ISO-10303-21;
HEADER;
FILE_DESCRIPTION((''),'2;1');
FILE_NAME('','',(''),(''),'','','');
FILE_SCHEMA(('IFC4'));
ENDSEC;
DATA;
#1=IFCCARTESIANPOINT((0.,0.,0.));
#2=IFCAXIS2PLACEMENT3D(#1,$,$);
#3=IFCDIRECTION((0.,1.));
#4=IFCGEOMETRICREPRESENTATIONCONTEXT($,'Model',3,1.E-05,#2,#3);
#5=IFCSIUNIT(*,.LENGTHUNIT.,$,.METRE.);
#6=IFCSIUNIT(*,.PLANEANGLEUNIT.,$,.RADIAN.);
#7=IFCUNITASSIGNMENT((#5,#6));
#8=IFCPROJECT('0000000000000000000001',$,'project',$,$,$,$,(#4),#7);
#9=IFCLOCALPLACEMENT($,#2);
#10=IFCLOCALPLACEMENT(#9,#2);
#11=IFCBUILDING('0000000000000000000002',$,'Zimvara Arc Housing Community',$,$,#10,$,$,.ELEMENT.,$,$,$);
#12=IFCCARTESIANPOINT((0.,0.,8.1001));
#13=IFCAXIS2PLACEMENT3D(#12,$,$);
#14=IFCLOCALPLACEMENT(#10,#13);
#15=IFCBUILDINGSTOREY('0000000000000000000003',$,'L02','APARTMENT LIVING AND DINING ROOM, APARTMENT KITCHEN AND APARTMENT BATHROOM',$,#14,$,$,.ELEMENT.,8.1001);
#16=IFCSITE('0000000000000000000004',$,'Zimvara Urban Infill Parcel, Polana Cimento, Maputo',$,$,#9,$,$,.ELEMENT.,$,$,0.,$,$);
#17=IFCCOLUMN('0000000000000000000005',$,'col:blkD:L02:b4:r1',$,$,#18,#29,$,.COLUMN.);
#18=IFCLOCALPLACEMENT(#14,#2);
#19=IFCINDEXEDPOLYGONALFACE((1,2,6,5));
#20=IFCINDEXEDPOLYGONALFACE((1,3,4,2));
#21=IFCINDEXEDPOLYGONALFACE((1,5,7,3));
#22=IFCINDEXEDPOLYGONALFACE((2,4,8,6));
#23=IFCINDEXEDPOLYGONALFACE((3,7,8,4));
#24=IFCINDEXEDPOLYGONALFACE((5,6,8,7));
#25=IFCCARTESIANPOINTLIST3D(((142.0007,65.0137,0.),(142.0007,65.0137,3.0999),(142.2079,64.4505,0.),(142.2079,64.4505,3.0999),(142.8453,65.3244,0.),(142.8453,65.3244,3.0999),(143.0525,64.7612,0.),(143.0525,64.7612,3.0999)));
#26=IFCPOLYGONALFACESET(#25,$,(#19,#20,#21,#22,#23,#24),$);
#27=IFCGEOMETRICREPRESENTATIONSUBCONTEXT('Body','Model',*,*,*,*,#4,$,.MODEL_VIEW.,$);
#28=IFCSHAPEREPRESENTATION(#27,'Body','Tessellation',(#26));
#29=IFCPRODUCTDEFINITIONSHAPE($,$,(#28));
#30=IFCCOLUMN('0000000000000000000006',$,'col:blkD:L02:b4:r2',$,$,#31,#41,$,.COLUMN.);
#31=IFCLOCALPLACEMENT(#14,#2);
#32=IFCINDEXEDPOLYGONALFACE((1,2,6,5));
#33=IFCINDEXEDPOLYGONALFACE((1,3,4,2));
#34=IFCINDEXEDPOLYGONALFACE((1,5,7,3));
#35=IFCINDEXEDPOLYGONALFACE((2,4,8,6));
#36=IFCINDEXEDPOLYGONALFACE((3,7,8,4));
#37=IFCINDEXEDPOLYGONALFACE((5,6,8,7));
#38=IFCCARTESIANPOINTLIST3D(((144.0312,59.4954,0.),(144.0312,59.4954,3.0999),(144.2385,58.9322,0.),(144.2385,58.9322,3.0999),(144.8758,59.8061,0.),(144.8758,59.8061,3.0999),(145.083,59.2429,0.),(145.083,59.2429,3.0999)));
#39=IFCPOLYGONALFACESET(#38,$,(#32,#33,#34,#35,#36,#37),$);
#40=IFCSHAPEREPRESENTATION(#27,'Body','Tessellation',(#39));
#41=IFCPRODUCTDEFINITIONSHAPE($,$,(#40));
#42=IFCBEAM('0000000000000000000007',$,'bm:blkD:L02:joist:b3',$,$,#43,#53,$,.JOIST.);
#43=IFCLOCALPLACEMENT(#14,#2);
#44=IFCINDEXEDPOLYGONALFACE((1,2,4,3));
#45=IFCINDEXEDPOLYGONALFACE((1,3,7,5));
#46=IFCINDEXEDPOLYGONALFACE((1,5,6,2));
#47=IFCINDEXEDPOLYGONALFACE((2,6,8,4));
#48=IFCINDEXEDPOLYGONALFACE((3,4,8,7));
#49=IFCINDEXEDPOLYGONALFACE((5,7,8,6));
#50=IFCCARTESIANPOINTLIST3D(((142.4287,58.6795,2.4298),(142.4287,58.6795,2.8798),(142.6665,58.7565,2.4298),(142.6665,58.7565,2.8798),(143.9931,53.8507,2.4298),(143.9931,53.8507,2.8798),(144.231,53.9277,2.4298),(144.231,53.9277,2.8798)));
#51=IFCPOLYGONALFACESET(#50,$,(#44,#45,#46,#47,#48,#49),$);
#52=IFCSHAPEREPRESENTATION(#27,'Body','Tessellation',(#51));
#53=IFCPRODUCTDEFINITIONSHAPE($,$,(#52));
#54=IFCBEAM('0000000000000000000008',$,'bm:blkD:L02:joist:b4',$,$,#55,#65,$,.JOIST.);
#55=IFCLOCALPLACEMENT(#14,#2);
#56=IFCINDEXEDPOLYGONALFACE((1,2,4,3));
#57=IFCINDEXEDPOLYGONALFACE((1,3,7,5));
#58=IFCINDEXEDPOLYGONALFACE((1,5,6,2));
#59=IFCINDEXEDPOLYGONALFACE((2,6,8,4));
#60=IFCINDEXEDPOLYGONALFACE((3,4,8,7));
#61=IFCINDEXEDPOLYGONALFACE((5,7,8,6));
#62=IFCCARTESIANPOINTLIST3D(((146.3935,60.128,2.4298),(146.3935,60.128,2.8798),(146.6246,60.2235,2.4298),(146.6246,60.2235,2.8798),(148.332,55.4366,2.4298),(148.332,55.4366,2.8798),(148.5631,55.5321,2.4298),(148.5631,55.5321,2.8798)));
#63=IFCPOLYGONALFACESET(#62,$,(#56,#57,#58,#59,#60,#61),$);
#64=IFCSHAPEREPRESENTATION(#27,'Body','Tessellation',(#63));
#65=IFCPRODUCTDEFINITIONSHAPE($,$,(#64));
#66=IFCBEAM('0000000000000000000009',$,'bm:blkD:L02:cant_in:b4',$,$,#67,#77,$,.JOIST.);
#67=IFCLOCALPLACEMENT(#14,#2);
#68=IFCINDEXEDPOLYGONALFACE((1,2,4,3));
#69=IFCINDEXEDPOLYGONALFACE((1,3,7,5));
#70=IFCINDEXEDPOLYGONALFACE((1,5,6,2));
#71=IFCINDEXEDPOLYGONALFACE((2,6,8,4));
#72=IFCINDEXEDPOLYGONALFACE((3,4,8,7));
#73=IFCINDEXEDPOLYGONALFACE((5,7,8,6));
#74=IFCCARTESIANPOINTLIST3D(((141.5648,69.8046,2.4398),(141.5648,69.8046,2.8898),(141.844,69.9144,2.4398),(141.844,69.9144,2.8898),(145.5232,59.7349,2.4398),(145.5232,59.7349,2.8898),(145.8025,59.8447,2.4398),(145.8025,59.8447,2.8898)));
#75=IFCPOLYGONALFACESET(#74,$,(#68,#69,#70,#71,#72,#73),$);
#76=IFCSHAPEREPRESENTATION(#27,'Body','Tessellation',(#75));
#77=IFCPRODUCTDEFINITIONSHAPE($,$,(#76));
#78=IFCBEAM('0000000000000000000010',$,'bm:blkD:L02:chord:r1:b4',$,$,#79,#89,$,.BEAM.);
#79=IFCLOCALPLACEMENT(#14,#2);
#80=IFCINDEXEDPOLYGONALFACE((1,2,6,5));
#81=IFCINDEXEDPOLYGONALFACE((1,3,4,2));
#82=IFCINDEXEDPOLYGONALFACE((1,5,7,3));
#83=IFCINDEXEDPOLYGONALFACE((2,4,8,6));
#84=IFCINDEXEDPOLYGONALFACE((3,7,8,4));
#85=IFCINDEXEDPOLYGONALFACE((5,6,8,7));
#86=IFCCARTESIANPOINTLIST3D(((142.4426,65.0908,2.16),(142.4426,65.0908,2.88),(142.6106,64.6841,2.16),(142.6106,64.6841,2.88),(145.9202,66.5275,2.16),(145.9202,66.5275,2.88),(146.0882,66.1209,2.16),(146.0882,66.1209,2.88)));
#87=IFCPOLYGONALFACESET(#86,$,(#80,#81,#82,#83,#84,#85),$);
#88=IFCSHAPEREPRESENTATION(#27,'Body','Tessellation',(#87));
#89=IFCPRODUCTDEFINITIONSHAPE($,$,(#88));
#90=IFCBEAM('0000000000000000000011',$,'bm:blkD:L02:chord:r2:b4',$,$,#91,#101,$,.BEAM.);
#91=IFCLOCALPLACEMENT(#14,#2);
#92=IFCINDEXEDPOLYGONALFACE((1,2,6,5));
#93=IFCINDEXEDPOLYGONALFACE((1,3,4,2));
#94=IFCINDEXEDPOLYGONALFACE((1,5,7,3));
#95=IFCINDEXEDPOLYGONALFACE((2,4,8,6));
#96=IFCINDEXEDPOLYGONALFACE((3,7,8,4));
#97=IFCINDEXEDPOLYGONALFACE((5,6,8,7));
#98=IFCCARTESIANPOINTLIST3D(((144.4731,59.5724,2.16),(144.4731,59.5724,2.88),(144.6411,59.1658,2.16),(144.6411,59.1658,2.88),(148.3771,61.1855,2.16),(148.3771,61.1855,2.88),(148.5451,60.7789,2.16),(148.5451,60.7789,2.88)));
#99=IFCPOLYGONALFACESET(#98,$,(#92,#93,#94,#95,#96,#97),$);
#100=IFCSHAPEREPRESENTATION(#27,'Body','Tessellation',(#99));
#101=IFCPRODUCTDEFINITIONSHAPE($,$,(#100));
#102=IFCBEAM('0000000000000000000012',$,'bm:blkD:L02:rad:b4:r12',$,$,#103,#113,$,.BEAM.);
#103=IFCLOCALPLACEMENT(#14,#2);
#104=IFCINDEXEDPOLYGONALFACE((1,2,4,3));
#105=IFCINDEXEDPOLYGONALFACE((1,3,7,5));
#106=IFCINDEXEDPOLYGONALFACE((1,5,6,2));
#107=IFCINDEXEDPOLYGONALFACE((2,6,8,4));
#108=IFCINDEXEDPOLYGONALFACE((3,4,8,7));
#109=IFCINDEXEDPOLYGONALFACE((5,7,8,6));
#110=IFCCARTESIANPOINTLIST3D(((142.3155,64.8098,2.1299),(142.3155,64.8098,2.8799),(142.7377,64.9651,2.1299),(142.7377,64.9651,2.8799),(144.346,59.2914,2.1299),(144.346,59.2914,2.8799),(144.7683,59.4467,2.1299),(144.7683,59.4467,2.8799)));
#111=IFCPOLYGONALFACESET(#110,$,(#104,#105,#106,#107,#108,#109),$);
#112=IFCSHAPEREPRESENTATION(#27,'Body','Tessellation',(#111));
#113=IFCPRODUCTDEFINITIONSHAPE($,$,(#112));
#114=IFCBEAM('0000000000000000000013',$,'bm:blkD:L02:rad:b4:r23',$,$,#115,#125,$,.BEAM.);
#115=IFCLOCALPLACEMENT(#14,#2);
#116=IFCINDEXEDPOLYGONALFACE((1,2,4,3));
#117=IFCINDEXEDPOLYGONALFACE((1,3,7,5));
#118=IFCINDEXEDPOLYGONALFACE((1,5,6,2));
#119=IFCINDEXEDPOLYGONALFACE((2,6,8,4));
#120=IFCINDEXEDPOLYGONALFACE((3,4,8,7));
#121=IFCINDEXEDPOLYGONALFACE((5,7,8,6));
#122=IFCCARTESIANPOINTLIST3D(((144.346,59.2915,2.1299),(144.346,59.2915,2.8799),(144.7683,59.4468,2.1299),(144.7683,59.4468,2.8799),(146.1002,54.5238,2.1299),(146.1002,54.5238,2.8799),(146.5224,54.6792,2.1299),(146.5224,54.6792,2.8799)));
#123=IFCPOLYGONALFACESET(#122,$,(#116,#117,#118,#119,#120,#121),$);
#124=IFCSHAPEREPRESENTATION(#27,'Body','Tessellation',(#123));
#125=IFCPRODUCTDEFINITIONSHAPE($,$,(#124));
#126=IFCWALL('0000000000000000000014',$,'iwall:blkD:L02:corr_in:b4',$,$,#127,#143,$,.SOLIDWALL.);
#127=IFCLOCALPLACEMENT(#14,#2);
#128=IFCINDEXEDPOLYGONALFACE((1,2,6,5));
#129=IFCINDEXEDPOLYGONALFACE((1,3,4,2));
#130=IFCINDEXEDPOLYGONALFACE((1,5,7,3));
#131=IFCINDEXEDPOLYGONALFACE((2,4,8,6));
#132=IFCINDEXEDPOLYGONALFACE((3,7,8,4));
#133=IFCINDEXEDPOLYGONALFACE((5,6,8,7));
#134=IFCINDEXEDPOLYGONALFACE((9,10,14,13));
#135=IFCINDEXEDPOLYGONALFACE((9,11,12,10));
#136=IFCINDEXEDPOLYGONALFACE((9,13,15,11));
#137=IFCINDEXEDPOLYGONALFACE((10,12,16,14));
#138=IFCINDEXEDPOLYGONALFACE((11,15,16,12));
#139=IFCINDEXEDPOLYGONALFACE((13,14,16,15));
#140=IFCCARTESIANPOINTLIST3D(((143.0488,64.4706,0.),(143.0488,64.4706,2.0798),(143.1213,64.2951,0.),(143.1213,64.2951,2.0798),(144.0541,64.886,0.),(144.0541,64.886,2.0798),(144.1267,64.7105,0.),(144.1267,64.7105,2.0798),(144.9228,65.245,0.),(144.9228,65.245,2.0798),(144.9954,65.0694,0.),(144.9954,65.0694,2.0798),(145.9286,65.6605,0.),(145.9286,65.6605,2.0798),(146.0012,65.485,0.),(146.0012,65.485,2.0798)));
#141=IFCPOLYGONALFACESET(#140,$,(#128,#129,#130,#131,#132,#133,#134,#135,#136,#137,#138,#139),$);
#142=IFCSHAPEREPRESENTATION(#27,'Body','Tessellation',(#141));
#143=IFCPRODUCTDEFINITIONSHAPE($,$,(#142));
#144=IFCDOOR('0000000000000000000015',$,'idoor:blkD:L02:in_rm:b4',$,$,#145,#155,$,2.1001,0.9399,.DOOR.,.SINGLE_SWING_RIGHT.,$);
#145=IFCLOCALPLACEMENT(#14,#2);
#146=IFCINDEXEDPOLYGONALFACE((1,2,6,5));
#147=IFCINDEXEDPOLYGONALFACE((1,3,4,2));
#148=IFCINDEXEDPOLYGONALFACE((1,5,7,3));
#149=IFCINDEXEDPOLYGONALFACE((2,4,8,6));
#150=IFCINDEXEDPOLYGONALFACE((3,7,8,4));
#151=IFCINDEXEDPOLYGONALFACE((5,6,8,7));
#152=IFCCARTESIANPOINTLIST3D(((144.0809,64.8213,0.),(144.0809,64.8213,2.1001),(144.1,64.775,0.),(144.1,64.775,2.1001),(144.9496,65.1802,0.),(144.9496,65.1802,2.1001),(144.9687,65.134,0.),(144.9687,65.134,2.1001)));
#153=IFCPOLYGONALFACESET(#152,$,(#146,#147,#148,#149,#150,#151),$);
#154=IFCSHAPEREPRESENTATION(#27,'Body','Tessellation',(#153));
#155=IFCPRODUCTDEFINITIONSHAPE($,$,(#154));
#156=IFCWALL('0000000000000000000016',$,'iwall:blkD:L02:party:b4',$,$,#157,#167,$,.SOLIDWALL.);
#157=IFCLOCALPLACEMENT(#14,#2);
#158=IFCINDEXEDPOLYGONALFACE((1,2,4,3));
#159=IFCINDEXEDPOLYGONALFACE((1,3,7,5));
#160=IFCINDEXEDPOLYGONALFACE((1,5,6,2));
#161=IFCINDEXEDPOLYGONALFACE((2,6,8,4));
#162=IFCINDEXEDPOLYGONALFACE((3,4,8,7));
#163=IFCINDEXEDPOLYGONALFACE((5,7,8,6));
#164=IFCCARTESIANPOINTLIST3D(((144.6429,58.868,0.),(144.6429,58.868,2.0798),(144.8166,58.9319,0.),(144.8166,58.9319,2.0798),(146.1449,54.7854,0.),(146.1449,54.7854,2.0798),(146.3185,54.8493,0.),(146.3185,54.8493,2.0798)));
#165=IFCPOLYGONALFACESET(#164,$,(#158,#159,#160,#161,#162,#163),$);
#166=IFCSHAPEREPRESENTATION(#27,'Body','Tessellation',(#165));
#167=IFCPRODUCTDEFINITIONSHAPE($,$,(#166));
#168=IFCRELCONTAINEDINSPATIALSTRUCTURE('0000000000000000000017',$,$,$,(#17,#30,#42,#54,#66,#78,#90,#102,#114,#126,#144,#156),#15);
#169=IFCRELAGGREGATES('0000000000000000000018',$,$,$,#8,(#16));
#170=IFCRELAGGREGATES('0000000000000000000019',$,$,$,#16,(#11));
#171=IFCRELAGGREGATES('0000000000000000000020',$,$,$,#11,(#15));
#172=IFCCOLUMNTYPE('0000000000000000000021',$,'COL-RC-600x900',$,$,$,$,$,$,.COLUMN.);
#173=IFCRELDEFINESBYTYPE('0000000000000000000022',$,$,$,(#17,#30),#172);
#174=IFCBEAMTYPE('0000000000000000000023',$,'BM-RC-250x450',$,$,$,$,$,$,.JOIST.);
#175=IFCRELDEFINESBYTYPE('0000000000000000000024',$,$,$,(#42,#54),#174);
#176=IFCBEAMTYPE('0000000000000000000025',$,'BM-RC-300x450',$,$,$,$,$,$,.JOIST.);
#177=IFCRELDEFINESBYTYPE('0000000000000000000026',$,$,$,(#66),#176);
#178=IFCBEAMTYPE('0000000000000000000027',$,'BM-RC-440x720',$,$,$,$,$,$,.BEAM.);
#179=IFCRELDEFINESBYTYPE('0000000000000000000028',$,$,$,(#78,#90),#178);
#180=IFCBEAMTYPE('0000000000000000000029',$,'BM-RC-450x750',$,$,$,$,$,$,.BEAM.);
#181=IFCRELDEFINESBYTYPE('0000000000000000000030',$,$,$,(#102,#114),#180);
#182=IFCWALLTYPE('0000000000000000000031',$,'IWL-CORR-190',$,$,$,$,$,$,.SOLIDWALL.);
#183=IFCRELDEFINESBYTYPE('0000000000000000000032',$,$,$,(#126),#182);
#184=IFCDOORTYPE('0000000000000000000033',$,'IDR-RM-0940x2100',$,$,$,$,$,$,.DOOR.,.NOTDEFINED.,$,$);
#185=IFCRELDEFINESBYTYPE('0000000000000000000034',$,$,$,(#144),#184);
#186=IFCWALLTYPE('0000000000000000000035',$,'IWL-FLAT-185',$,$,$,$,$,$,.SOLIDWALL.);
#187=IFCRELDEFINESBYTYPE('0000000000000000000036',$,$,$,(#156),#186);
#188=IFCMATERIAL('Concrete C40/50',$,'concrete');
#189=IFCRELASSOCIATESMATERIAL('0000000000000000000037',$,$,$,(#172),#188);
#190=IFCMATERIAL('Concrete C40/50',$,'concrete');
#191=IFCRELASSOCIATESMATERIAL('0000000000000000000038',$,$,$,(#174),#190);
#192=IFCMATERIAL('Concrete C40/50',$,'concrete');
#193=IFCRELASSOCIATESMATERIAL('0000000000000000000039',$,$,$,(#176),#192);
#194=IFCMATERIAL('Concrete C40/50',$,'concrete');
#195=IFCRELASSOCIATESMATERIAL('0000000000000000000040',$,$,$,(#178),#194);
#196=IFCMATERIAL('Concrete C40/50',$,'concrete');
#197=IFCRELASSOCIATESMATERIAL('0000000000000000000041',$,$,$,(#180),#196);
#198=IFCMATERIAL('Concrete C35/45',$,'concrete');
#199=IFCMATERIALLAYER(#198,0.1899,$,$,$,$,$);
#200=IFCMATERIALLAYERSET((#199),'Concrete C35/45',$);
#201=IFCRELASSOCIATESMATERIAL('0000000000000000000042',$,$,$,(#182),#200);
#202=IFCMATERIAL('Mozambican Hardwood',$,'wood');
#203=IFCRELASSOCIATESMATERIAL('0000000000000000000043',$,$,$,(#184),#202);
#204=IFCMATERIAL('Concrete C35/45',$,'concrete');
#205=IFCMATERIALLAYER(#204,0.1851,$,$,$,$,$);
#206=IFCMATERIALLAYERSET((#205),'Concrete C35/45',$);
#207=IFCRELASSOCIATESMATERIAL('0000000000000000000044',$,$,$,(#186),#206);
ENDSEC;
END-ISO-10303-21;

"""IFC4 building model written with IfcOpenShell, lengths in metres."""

from ifc_helpers import new_model, si_unit, direction, frame, frame_2d, origin, origin_2d, place, context, subcontext, project, spatial, rectangle, extrude, material, layer, layer_set, material_profile, profile_set, type_object, element, fill, save


model = new_model("IFC4")

# Units and contexts
model_context = context("Model", 3, precision=1e-05, world=origin(), true_north=direction((0.0, 1.0)))
body_context = subcontext(model_context, "Body", "Model", "MODEL_VIEW")
ifc_project = project(units=[si_unit("LENGTHUNIT", "METRE"), si_unit("PLANEANGLEUNIT", "RADIAN")], contexts=[model_context])

# Site, building, storey
site_placement = place(None, origin())
site = spatial("IfcSite", under=ifc_project, at=site_placement, Name="Zimvara Urban Infill Parcel, Polana Cimento, Maputo", CompositionType="ELEMENT", RefElevation=0.0)
building_placement = place(site_placement, origin())
building = spatial("IfcBuilding", under=site, at=building_placement, Name="Zimvara Arc Housing Community", CompositionType="ELEMENT")
storey_placement = place(building_placement, frame((0.0, 0.0, 8.1001)))
storey = spatial("IfcBuildingStorey", under=building, at=storey_placement, Name="L02", Description="APARTMENT LIVING AND DINING ROOM, APARTMENT KITCHEN AND APARTMENT BATHROOM", CompositionType="ELEMENT", Elevation=8.1001)

# Columns
ifc_material_1 = material(Name="Concrete C40/50", Category="concrete")
ifc_material_profile_1 = material_profile(ifc_material_1, rectangle(XDim=0.6001, YDim=0.8999, at=origin_2d()), Name="RC 600x900")
ifc_profile_set_1 = profile_set([ifc_material_profile_1], Name="Concrete C40/50")
column_type = type_object("IfcColumnType", Name="COL-RC-600x900", PredefinedType="COLUMN", material=ifc_profile_set_1)
for number, where, z_axis, x_axis, name in (
    (1, (142.5266, 64.8875, 0.0), (0.0, 0.0, 1.0), (0.345298, -0.938493, 0.0), "col:blkD:L02:b4:r1"),
    (2, (144.5571, 59.3691, 0.0), (0.0, 0.0, 1.0), (0.345298, -0.938493, 0.0), "col:blkD:L02:b4:r2"),
):
    element("IfcColumn", number, at=place(storey_placement, frame(where, z_axis=z_axis, x_axis=x_axis)), inside=storey, type_object=column_type, Name=name, PredefinedType="COLUMN", context=body_context, shape_type="SweptSolid", body=[
        extrude(rectangle(XDim=0.6001, YDim=0.8999, at=origin_2d()), origin(), (0.0, 0.0, 1.0), 3.0999),
    ])

# Beams
ifc_material_2 = material(Name="Concrete C40/50", Category="concrete")
ifc_material_profile_2 = material_profile(ifc_material_2, rectangle(XDim=0.25, YDim=0.45, at=origin_2d()), Name="RC 250x450")
ifc_profile_set_2 = profile_set([ifc_material_profile_2], Name="Concrete C40/50")
beam_type_1 = type_object("IfcBeamType", Name="BM-RC-250x450", PredefinedType="JOIST", material=ifc_profile_set_2)
beam_1_placement = place(storey_placement, frame((142.5476, 58.718, 2.6548), z_axis=(0.308208, -0.951319, 0.0), x_axis=(0.951319, 0.308208, 0.0)))
element("IfcBeam", 3, at=beam_1_placement, inside=storey, type_object=beam_type_1, Name="bm:blkD:L02:joist:b3", PredefinedType="JOIST", context=body_context, shape_type="SweptSolid", body=[
    extrude(rectangle(XDim=0.25, YDim=0.45, at=origin_2d()), origin(), (0.0, 0.0, 1.0), 5.0759),
])
beam_2_placement = place(storey_placement, frame((146.509, 60.1758, 2.6548), z_axis=(0.381882, -0.924211, 0.0), x_axis=(0.924211, 0.381882, 0.0)))
element("IfcBeam", 4, at=beam_2_placement, inside=storey, type_object=beam_type_1, Name="bm:blkD:L02:joist:b4", PredefinedType="JOIST", context=body_context, shape_type="SweptSolid", body=[
    extrude(rectangle(XDim=0.25, YDim=0.45, at=origin_2d()), origin(), (0.0, 0.0, 1.0), 5.0762),
])
ifc_material_3 = material(Name="Concrete C40/50", Category="concrete")
ifc_material_profile_3 = material_profile(ifc_material_3, rectangle(XDim=0.3, YDim=0.45, at=origin_2d()), Name="RC 300x450")
ifc_profile_set_3 = profile_set([ifc_material_profile_3], Name="Concrete C40/50")
beam_type_2 = type_object("IfcBeamType", Name="BM-RC-300x450", PredefinedType="JOIST", material=ifc_profile_set_3)
beam_3_placement = place(storey_placement, frame((145.6628, 59.7898, 2.6648), z_axis=(-0.365852, 0.930673, 0.0), x_axis=(-0.930673, -0.365852, 0.0)))
element("IfcBeam", 5, at=beam_3_placement, inside=storey, type_object=beam_type_2, Name="bm:blkD:L02:cant_in:b4", PredefinedType="JOIST", context=body_context, shape_type="SweptSolid", body=[
    extrude(rectangle(XDim=0.3, YDim=0.45, at=origin_2d()), origin(), (0.0, 0.0, 1.0), 10.8198),
])
ifc_material_4 = material(Name="Concrete C40/50", Category="concrete")
ifc_material_profile_4 = material_profile(ifc_material_4, rectangle(XDim=0.4399, YDim=0.72, at=origin_2d()), Name="RC 440x720")
ifc_profile_set_4 = profile_set([ifc_material_profile_4], Name="Concrete C40/50")
beam_type_3 = type_object("IfcBeamType", Name="BM-RC-440x720", PredefinedType="BEAM", material=ifc_profile_set_4)
beam_4_placement = place(storey_placement, frame((142.5266, 64.8875, 2.52), z_axis=(0.924225, 0.381849, 0.0), x_axis=(-0.381849, 0.924225, 0.0)))
element("IfcBeam", 6, at=beam_4_placement, inside=storey, type_object=beam_type_3, Name="bm:blkD:L02:chord:r1:b4", PredefinedType="BEAM", context=body_context, shape_type="SweptSolid", body=[
    extrude(rectangle(XDim=0.4399, YDim=0.72, at=origin_2d()), origin(), (0.0, 0.0, 1.0), 3.7627),
])
beam_5_placement = place(storey_placement, frame((144.5571, 59.3691, 2.52), z_axis=(0.92422, 0.38186, 0.0), x_axis=(-0.38186, 0.92422, 0.0)))
element("IfcBeam", 7, at=beam_5_placement, inside=storey, type_object=beam_type_3, Name="bm:blkD:L02:chord:r2:b4", PredefinedType="BEAM", context=body_context, shape_type="SweptSolid", body=[
    extrude(rectangle(XDim=0.4399, YDim=0.72, at=origin_2d()), origin(), (0.0, 0.0, 1.0), 4.2241),
])
ifc_material_5 = material(Name="Concrete C40/50", Category="concrete")
ifc_material_profile_5 = material_profile(ifc_material_5, rectangle(XDim=0.45, YDim=0.75, at=origin_2d()), Name="RC 450x750")
ifc_profile_set_5 = profile_set([ifc_material_profile_5], Name="Concrete C40/50")
beam_type_4 = type_object("IfcBeamType", Name="BM-RC-450x750", PredefinedType="BEAM", material=ifc_profile_set_5)
beam_6_placement = place(storey_placement, frame((142.5266, 64.8875, 2.5049), z_axis=(0.345324, -0.938483, 0.0), x_axis=(0.938483, 0.345324, 0.0)))
element("IfcBeam", 8, at=beam_6_placement, inside=storey, type_object=beam_type_4, Name="bm:blkD:L02:rad:b4:r12", PredefinedType="BEAM", context=body_context, shape_type="SweptSolid", body=[
    extrude(rectangle(XDim=0.45, YDim=0.75, at=origin_2d()), origin(), (0.0, 0.0, 1.0), 5.8801),
])
beam_7_placement = place(storey_placement, frame((144.5571, 59.3691, 2.5049), z_axis=(0.345302, -0.938492, 0.0), x_axis=(0.938492, 0.345302, 0.0)))
element("IfcBeam", 9, at=beam_7_placement, inside=storey, type_object=beam_type_4, Name="bm:blkD:L02:rad:b4:r23", PredefinedType="BEAM", context=body_context, shape_type="SweptSolid", body=[
    extrude(rectangle(XDim=0.45, YDim=0.75, at=origin_2d()), origin(), (0.0, 0.0, 1.0), 5.0801),
])

# Wall, opening, door
ifc_material_6 = material(Name="Concrete C35/45", Category="concrete")
ifc_layer_1 = layer(ifc_material_6, 0.1899)
ifc_layer_set_1 = layer_set([ifc_layer_1], Name="Concrete C35/45")
wall_type_1 = type_object("IfcWallType", Name="IWL-CORR-190", PredefinedType="SOLIDWALL", material=ifc_layer_set_1)
wall_1_placement = place(storey_placement, frame((143.085, 64.3828, 0.0), z_axis=(0.0, 0.0, 1.0), x_axis=(0.924213, 0.381877, 0.0)))
wall_1 = element("IfcWall", 10, at=wall_1_placement, inside=storey, type_object=wall_type_1, Name="iwall:blkD:L02:corr_in:b4", PredefinedType="SOLIDWALL", context=body_context, shape_type="SweptSolid", body=[
    extrude(rectangle(XDim=3.116, YDim=0.1899, at=frame_2d((1.5581, 0.0))), origin(), (0.0, 0.0, 1.0), 2.0798),
])
opening_1_placement = place(wall_1_placement, frame((1.0879, 0.0, 0.0)))
opening_1 = element("IfcOpeningElement", 11, at=opening_1_placement, cuts=wall_1, PredefinedType="OPENING", context=body_context, shape_type="SweptSolid", body=[
    extrude(rectangle(XDim=0.9399, YDim=2.1001, at=frame_2d((0.47, 1.05))), frame((0.0, 0.105, 0.0), z_axis=(0.0, -1.0, 0.0), x_axis=(1.0, 0.0, 0.0)), (0.0, 0.0, 1.0), 0.21),
])
ifc_material_7 = material(Name="Mozambican Hardwood", Category="wood")
door_type_1 = type_object("IfcDoorType", Name="IDR-RM-0940x2100", OperationType="NOTDEFINED", PredefinedType="DOOR", material=ifc_material_7)
door_1_placement = place(opening_1_placement, origin())
door_1 = element("IfcDoor", 12, at=door_1_placement, inside=storey, type_object=door_type_1, Name="idoor:blkD:L02:in_rm:b4", OperationType="SINGLE_SWING_RIGHT", OverallHeight=2.1001, OverallWidth=0.9399, PredefinedType="DOOR", context=body_context, shape_type="SweptSolid", body=[
    extrude(rectangle(XDim=0.9399, YDim=2.1001, at=frame_2d((0.47, 1.05))), frame((0.0, 0.0249, 0.0), z_axis=(0.0, -1.0, 0.0), x_axis=(1.0, 0.0, 0.0)), (0.0, 0.0, 1.0), 0.05),
])
fill(opening_1, door_1)

# Wall
ifc_material_8 = material(Name="Concrete C35/45", Category="concrete")
ifc_layer_2 = layer(ifc_material_8, 0.1851)
ifc_layer_set_2 = layer_set([ifc_layer_2], Name="Concrete C35/45")
wall_type_2 = type_object("IfcWallType", Name="IWL-FLAT-185", PredefinedType="SOLIDWALL", material=ifc_layer_set_2)
wall_2_placement = place(storey_placement, frame((144.7297, 58.8999, 0.0), z_axis=(0.0, 0.0, 1.0), x_axis=(0.345274, -0.938502, 0.0)))
element("IfcWall", 13, at=wall_2_placement, inside=storey, type_object=wall_type_2, Name="iwall:blkD:L02:party:b4", PredefinedType="SOLIDWALL", context=body_context, shape_type="SweptSolid", body=[
    extrude(rectangle(XDim=4.3501, YDim=0.1851, at=frame_2d((2.175, 0.0))), origin(), (0.0, 0.0, 1.0), 2.0798),
])

save(model, "model.ifc")
